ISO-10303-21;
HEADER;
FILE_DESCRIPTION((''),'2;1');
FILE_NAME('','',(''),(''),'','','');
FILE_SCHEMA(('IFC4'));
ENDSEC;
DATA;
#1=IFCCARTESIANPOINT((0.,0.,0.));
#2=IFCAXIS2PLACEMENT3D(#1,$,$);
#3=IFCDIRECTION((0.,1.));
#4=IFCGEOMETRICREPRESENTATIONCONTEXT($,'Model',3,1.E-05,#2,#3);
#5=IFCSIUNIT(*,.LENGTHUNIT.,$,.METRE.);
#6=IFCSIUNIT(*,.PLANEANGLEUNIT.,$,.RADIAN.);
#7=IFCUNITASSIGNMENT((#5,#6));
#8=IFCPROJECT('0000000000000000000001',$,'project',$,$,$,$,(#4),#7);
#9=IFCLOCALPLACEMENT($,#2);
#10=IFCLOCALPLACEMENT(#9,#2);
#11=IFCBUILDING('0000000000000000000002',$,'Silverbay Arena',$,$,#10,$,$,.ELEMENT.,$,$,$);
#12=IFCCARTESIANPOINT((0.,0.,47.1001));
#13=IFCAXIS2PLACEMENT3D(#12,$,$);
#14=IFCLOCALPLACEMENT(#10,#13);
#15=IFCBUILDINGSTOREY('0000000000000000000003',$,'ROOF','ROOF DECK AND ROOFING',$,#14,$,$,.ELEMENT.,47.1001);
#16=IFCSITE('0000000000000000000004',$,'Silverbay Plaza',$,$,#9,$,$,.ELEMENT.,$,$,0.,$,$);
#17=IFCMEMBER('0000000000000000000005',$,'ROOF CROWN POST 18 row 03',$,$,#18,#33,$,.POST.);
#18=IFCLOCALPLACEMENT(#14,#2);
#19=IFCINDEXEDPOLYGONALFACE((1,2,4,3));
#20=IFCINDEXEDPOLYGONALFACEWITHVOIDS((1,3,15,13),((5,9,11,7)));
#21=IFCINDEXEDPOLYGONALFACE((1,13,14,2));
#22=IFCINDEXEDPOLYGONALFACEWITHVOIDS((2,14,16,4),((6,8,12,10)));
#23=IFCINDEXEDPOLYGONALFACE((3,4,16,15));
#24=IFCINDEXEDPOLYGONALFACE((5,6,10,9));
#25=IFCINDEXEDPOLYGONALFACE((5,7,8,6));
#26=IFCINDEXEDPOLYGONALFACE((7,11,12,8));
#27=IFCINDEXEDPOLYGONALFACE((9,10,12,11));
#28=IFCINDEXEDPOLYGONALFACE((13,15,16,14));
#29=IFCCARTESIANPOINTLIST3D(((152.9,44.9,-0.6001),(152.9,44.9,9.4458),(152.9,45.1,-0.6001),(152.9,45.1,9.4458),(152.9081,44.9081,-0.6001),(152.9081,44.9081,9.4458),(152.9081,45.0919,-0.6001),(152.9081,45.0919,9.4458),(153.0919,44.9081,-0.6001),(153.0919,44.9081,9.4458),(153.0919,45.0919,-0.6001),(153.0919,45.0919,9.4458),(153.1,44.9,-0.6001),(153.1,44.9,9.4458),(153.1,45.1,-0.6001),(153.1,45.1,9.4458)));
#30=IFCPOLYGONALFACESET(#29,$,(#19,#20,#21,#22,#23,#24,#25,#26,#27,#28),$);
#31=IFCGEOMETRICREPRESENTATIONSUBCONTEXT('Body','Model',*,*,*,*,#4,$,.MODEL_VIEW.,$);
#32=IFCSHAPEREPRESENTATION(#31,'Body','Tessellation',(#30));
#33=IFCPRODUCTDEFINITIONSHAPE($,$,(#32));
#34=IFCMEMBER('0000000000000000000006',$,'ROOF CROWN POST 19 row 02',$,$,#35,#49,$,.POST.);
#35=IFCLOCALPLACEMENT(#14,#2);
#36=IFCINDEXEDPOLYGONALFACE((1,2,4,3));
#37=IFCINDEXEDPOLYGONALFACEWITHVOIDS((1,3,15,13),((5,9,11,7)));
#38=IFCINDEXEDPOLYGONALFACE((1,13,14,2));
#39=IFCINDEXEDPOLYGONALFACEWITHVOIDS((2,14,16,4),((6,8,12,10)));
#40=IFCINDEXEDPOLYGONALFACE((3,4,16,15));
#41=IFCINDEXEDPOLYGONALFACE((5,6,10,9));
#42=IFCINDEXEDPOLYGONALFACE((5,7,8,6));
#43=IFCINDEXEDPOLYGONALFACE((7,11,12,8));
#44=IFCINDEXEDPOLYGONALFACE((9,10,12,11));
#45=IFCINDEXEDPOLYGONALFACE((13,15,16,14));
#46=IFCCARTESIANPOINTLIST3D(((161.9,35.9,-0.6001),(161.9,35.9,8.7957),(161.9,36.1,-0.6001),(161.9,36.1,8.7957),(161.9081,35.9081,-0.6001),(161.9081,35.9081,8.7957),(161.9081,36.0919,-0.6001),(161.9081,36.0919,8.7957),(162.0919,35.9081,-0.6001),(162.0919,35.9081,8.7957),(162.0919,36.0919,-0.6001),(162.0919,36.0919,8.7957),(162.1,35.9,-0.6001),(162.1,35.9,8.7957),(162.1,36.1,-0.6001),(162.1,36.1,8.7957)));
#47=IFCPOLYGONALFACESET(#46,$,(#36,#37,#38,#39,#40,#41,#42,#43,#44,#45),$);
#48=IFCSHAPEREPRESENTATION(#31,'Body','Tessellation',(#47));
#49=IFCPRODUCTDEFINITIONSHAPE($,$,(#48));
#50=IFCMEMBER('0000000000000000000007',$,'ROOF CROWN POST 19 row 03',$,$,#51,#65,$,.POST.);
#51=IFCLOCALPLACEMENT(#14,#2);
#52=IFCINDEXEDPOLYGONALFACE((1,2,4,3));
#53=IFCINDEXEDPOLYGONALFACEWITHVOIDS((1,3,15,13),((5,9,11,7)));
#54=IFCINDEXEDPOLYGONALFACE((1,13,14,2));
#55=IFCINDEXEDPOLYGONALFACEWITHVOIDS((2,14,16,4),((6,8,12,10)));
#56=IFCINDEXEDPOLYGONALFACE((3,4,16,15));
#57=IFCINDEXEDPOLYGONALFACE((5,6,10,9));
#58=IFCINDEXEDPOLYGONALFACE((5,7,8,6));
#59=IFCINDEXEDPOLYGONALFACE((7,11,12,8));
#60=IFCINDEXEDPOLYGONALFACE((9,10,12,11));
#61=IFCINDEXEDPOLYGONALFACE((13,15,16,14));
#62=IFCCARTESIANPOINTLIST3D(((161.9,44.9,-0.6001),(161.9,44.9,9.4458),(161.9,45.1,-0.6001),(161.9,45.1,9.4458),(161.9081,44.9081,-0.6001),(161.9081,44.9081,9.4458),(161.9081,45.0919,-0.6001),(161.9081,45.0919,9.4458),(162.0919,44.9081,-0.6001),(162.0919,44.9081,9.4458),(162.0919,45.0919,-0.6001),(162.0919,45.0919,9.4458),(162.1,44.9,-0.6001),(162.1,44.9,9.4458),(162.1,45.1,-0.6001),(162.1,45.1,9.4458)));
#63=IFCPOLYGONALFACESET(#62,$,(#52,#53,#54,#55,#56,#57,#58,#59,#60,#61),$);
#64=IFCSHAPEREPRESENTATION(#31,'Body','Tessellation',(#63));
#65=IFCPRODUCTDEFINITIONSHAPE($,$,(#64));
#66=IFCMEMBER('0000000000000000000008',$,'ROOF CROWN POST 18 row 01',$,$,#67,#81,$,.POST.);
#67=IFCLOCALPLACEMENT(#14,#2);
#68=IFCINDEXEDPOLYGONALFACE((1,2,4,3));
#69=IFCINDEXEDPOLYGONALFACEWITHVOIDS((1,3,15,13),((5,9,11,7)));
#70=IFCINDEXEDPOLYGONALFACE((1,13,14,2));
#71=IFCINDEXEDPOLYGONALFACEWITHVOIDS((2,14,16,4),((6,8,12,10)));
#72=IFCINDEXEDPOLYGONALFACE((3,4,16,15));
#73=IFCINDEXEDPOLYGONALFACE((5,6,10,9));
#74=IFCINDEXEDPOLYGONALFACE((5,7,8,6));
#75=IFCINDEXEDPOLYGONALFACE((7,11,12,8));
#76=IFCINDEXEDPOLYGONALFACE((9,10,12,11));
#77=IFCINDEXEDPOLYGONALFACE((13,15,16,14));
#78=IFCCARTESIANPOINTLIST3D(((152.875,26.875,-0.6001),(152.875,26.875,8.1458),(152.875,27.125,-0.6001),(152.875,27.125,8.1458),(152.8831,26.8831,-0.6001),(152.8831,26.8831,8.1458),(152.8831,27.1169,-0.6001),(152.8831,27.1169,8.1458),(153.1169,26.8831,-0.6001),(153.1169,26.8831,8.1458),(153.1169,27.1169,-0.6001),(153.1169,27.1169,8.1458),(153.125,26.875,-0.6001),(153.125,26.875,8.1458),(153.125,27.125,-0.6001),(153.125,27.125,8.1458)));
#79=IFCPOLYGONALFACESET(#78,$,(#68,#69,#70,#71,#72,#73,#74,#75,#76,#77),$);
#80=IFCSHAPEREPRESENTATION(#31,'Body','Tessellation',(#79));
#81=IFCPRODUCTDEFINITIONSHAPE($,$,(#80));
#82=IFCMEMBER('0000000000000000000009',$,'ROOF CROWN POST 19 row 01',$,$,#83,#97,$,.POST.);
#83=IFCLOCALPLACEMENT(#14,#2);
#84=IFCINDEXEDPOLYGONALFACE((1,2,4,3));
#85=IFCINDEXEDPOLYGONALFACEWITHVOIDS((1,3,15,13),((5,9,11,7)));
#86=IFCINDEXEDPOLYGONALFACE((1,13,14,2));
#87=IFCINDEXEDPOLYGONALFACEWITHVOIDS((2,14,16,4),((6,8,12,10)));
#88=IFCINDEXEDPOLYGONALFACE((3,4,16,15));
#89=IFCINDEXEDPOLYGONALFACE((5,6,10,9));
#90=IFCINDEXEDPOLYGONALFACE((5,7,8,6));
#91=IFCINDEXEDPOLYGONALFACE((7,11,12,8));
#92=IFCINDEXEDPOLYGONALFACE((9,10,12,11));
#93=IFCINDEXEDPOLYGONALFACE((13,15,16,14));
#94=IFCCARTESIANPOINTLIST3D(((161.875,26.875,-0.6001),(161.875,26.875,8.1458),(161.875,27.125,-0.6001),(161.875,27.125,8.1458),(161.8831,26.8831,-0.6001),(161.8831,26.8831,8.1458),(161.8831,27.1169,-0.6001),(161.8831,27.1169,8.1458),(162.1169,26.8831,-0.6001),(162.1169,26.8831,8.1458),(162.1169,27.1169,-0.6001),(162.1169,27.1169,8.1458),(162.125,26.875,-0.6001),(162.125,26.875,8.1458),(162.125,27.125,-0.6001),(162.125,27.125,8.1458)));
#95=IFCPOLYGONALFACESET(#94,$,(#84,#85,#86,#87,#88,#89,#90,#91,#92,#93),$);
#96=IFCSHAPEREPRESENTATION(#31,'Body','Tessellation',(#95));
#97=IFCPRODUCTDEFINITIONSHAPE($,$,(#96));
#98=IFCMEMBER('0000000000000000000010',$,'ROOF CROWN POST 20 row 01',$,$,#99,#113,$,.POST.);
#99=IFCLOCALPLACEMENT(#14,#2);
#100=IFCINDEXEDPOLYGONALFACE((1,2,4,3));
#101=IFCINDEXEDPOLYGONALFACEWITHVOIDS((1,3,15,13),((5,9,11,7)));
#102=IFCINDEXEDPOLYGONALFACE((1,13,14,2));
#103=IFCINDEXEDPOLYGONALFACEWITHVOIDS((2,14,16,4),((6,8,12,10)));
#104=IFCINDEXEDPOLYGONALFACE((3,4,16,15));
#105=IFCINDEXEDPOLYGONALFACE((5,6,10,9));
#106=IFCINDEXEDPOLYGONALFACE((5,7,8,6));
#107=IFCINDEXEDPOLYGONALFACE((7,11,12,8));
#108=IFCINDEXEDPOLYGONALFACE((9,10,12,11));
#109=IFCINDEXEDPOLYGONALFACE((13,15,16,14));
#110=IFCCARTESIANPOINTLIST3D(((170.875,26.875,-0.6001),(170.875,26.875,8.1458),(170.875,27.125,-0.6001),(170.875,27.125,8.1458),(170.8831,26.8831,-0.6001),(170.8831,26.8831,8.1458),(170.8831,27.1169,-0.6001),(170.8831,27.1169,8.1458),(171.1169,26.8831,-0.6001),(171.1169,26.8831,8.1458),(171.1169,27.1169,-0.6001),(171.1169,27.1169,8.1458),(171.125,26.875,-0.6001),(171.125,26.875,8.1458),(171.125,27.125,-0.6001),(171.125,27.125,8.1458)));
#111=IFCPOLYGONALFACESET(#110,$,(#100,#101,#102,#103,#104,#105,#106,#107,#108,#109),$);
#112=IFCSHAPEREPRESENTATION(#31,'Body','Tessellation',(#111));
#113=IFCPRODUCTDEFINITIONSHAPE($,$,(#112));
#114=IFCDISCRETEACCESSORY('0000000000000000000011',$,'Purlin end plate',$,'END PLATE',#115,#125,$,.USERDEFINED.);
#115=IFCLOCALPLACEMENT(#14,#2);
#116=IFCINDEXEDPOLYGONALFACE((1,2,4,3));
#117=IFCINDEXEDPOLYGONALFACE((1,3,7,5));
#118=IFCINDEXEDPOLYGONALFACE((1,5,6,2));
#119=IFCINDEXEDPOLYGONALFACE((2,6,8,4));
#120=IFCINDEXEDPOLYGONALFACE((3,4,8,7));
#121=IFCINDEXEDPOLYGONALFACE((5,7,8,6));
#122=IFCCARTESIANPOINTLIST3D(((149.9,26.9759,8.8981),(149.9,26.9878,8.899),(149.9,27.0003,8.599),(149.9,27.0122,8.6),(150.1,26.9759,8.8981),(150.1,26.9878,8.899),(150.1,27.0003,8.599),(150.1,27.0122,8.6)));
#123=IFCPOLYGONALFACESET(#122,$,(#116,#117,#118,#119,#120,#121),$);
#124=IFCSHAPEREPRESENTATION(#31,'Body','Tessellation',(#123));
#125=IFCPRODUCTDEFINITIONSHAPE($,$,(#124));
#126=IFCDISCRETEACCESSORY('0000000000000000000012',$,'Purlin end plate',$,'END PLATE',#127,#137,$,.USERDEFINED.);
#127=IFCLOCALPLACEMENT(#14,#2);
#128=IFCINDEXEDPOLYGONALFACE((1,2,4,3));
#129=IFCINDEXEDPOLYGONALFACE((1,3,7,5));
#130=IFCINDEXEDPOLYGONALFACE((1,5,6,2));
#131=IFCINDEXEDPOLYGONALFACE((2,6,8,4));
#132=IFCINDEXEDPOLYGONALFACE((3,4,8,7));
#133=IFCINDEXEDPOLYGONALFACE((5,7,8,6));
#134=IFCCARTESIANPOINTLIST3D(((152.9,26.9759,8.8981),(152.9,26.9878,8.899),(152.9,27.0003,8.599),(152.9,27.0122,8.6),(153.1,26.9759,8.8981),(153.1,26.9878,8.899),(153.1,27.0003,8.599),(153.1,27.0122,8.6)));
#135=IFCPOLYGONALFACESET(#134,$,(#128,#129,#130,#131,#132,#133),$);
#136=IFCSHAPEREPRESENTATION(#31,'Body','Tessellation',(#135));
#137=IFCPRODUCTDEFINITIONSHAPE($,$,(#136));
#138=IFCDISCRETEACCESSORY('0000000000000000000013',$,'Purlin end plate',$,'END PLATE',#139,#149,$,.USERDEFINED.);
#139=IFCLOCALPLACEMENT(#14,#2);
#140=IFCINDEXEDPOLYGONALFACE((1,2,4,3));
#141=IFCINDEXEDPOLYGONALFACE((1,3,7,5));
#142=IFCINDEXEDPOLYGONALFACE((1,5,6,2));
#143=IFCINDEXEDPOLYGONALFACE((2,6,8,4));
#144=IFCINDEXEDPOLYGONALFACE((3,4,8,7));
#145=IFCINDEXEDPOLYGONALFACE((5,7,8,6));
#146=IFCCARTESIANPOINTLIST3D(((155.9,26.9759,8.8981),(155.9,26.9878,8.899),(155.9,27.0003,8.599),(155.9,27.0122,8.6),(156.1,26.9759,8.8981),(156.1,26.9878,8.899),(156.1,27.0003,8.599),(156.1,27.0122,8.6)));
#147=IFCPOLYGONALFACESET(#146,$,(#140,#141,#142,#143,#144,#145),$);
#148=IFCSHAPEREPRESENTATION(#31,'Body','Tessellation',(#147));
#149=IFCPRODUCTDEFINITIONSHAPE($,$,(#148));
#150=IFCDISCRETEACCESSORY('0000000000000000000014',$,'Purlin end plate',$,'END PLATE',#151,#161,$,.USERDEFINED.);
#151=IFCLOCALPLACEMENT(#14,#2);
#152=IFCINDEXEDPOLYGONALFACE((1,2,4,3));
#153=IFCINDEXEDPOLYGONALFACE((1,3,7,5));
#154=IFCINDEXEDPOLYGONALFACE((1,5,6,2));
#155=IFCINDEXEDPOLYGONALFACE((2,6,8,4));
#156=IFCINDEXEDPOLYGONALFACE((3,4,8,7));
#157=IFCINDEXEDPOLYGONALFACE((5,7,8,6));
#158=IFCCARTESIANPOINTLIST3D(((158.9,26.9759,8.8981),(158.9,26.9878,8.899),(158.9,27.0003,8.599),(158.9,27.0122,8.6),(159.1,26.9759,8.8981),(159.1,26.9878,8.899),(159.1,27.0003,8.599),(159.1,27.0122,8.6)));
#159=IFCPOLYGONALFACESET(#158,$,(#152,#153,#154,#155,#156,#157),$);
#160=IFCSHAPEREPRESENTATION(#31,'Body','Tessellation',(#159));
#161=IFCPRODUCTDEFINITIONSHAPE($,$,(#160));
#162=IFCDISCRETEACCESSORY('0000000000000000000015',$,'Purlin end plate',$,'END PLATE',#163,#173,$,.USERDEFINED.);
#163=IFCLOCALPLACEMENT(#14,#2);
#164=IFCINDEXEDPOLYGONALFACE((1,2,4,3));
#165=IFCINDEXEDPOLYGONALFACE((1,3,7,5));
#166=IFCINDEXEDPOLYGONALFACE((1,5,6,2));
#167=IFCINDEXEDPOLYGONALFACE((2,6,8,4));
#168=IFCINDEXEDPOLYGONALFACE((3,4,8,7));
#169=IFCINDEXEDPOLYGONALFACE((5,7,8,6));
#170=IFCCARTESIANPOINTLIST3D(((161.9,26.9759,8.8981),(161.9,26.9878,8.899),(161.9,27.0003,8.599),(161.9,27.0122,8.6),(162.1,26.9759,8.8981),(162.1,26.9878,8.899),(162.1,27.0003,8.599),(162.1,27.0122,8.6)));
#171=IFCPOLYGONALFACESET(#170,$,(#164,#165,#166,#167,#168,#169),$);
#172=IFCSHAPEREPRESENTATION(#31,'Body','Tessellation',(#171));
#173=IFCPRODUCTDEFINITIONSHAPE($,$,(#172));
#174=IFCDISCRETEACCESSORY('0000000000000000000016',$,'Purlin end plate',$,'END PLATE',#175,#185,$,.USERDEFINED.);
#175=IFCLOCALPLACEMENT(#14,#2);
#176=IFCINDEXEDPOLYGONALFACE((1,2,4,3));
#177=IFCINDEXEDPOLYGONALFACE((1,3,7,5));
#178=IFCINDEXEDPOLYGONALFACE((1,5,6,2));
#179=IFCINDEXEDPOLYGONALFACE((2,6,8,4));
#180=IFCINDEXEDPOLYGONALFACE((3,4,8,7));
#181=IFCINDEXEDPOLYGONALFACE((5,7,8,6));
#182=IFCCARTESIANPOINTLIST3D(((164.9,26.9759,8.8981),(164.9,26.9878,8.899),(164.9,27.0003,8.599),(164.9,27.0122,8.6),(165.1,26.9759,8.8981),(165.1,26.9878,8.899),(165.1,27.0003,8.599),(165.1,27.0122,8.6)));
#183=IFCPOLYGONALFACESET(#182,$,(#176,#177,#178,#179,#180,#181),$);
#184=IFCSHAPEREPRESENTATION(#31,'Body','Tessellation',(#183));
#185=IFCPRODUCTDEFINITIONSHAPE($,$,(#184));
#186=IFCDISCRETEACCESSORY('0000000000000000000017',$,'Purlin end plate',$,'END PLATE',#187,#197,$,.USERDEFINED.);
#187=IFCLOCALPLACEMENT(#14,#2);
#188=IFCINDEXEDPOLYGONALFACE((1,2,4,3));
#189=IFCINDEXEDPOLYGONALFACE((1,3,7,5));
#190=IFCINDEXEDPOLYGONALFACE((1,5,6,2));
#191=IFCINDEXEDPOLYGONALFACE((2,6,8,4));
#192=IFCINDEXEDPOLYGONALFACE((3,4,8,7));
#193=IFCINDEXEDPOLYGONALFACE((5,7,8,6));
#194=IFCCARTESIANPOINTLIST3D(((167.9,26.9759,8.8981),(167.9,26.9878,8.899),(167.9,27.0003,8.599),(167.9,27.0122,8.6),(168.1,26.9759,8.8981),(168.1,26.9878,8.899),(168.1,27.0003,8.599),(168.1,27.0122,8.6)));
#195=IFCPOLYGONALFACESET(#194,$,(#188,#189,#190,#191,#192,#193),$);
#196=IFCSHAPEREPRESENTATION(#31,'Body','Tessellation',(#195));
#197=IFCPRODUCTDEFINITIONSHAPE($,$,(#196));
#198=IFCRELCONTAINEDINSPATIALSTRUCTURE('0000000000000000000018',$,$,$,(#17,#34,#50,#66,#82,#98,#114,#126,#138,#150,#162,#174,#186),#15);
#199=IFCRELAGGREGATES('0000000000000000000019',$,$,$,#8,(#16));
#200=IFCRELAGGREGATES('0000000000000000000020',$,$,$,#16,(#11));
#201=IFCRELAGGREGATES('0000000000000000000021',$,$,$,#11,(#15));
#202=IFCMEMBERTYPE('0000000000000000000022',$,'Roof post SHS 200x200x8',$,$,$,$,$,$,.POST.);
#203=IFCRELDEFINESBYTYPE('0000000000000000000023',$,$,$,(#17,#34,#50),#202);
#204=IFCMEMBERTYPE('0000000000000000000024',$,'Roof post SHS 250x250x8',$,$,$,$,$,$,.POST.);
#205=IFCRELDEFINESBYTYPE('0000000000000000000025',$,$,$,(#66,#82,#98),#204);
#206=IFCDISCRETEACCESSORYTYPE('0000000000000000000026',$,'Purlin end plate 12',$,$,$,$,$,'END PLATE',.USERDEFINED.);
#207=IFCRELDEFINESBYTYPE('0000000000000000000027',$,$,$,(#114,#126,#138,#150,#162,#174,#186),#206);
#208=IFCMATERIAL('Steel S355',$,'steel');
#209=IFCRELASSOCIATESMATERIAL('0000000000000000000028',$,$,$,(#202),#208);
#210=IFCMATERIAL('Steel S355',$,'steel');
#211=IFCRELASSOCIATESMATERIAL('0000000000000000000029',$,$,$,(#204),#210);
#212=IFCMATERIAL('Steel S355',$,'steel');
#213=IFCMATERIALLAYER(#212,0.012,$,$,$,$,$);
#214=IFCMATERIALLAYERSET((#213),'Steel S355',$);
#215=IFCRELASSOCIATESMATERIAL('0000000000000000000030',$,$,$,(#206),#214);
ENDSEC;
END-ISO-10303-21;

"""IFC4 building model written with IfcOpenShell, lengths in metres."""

from ifc_helpers import new_model, si_unit, direction, frame, origin, origin_2d, place, context, subcontext, project, spatial, rectangle, hollow_rectangle, extrude, material, layer, layer_set, material_profile, profile_set, type_object, element, save


model = new_model("IFC4")

# Units and contexts
model_context = context("Model", 3, precision=1e-05, world=origin(), true_north=direction((0.0, 1.0)))
body_context = subcontext(model_context, "Body", "Model", "MODEL_VIEW")
ifc_project = project(units=[si_unit("LENGTHUNIT", "METRE"), si_unit("PLANEANGLEUNIT", "RADIAN")], contexts=[model_context])

# Site, building, storey
site_placement = place(None, origin())
site = spatial("IfcSite", under=ifc_project, at=site_placement, Name="Silverbay Plaza", CompositionType="ELEMENT", RefElevation=0.0)
building_placement = place(site_placement, origin())
building = spatial("IfcBuilding", under=site, at=building_placement, Name="Silverbay Arena", CompositionType="ELEMENT")
storey_placement = place(building_placement, frame((0.0, 0.0, 47.1001)))
storey = spatial("IfcBuildingStorey", under=building, at=storey_placement, Name="ROOF", Description="ROOF DECK AND ROOFING", CompositionType="ELEMENT", Elevation=47.1001)

# Members
ifc_material_1 = material(Name="Steel S355", Category="steel")
ifc_material_profile_1 = material_profile(ifc_material_1, hollow_rectangle(XDim=0.2, YDim=0.2, WallThickness=0.0081, at=origin_2d()), Name="SHS 200x200x8")
ifc_profile_set_1 = profile_set([ifc_material_profile_1], Name="Steel S355")
member_type_1 = type_object("IfcMemberType", Name="Roof post SHS 200x200x8", PredefinedType="POST", material=ifc_profile_set_1)
member_1_placement = place(storey_placement, frame((153.0, 45.0, -0.6001), z_axis=(0.0, 0.0, 1.0), x_axis=(1.0, 0.0, 0.0)))
element("IfcMember", 1, at=member_1_placement, inside=storey, type_object=member_type_1, Name="ROOF CROWN POST 18 row 03", PredefinedType="POST", context=body_context, shape_type="SweptSolid", body=[
    extrude(hollow_rectangle(XDim=0.2, YDim=0.2, WallThickness=0.0081, at=origin_2d()), origin(), (0.0, 0.0, 1.0), 10.0459),
])
member_2_placement = place(storey_placement, frame((162.0, 36.0, -0.6001), z_axis=(0.0, 0.0, 1.0), x_axis=(1.0, 0.0, 0.0)))
element("IfcMember", 2, at=member_2_placement, inside=storey, type_object=member_type_1, Name="ROOF CROWN POST 19 row 02", PredefinedType="POST", context=body_context, shape_type="SweptSolid", body=[
    extrude(hollow_rectangle(XDim=0.2, YDim=0.2, WallThickness=0.0081, at=origin_2d()), origin(), (0.0, 0.0, 1.0), 9.3958),
])
member_3_placement = place(storey_placement, frame((162.0, 45.0, -0.6001), z_axis=(0.0, 0.0, 1.0), x_axis=(1.0, 0.0, 0.0)))
element("IfcMember", 3, at=member_3_placement, inside=storey, type_object=member_type_1, Name="ROOF CROWN POST 19 row 03", PredefinedType="POST", context=body_context, shape_type="SweptSolid", body=[
    extrude(hollow_rectangle(XDim=0.2, YDim=0.2, WallThickness=0.0081, at=origin_2d()), origin(), (0.0, 0.0, 1.0), 10.0459),
])
ifc_material_2 = material(Name="Steel S355", Category="steel")
ifc_material_profile_2 = material_profile(ifc_material_2, hollow_rectangle(XDim=0.25, YDim=0.25, WallThickness=0.0081, at=origin_2d()), Name="SHS 250x250x8")
ifc_profile_set_2 = profile_set([ifc_material_profile_2], Name="Steel S355")
member_type_2 = type_object("IfcMemberType", Name="Roof post SHS 250x250x8", PredefinedType="POST", material=ifc_profile_set_2)
for number, where, z_axis, x_axis, name in (
    (4, (153.0, 27.0, -0.6001), (0.0, 0.0, 1.0), (1.0, 0.0, 0.0), "ROOF CROWN POST 18 row 01"),
    (5, (162.0, 27.0, -0.6001), (0.0, 0.0, 1.0), (1.0, 0.0, 0.0), "ROOF CROWN POST 19 row 01"),
    (6, (171.0, 27.0, -0.6001), (0.0, 0.0, 1.0), (1.0, 0.0, 0.0), "ROOF CROWN POST 20 row 01"),
):
    element("IfcMember", number, at=place(storey_placement, frame(where, z_axis=z_axis, x_axis=x_axis)), inside=storey, type_object=member_type_2, Name=name, PredefinedType="POST", context=body_context, shape_type="SweptSolid", body=[
        extrude(hollow_rectangle(XDim=0.25, YDim=0.25, WallThickness=0.0081, at=origin_2d()), origin(), (0.0, 0.0, 1.0), 8.7458),
    ])

# Discrete accessories
ifc_material_3 = material(Name="Steel S355", Category="steel")
ifc_layer = layer(ifc_material_3, 0.012)
ifc_layer_set = layer_set([ifc_layer], Name="Steel S355")
discrete_accessory_type = type_object("IfcDiscreteAccessoryType", Name="Purlin end plate 12", ElementType="END PLATE", PredefinedType="USERDEFINED", material=ifc_layer_set)
for number, where, z_axis, x_axis, name in (
    (7, (150.0, 27.0, 8.7495), (0.0, -0.996685, -0.081362), (1.0, 0.0, 0.0), "Purlin end plate"),
    (8, (153.0, 27.0, 8.7495), (0.0, -0.996685, -0.081362), (1.0, 0.0, 0.0), "Purlin end plate"),
    (9, (156.0, 27.0, 8.7495), (0.0, -0.996685, -0.081362), (1.0, 0.0, 0.0), "Purlin end plate"),
    (10, (159.0, 27.0, 8.7495), (0.0, -0.996685, -0.081362), (1.0, 0.0, 0.0), "Purlin end plate"),
    (11, (162.0, 27.0, 8.7495), (0.0, -0.996685, -0.081362), (1.0, 0.0, 0.0), "Purlin end plate"),
    (12, (165.0, 27.0, 8.7495), (0.0, -0.996685, -0.081362), (1.0, 0.0, 0.0), "Purlin end plate"),
    (13, (168.0, 27.0, 8.7495), (0.0, -0.996685, -0.081362), (1.0, 0.0, 0.0), "Purlin end plate"),
):
    element("IfcDiscreteAccessory", number, at=place(storey_placement, frame(where, z_axis=z_axis, x_axis=x_axis)), inside=storey, type_object=discrete_accessory_type, Name=name, ObjectType="END PLATE", PredefinedType="USERDEFINED", context=body_context, shape_type="SweptSolid", body=[
        extrude(rectangle(XDim=0.2, YDim=0.3, at=origin_2d()), origin(), (0.0, 0.0, 1.0), 0.012),
    ])

save(model, "model.ifc")
